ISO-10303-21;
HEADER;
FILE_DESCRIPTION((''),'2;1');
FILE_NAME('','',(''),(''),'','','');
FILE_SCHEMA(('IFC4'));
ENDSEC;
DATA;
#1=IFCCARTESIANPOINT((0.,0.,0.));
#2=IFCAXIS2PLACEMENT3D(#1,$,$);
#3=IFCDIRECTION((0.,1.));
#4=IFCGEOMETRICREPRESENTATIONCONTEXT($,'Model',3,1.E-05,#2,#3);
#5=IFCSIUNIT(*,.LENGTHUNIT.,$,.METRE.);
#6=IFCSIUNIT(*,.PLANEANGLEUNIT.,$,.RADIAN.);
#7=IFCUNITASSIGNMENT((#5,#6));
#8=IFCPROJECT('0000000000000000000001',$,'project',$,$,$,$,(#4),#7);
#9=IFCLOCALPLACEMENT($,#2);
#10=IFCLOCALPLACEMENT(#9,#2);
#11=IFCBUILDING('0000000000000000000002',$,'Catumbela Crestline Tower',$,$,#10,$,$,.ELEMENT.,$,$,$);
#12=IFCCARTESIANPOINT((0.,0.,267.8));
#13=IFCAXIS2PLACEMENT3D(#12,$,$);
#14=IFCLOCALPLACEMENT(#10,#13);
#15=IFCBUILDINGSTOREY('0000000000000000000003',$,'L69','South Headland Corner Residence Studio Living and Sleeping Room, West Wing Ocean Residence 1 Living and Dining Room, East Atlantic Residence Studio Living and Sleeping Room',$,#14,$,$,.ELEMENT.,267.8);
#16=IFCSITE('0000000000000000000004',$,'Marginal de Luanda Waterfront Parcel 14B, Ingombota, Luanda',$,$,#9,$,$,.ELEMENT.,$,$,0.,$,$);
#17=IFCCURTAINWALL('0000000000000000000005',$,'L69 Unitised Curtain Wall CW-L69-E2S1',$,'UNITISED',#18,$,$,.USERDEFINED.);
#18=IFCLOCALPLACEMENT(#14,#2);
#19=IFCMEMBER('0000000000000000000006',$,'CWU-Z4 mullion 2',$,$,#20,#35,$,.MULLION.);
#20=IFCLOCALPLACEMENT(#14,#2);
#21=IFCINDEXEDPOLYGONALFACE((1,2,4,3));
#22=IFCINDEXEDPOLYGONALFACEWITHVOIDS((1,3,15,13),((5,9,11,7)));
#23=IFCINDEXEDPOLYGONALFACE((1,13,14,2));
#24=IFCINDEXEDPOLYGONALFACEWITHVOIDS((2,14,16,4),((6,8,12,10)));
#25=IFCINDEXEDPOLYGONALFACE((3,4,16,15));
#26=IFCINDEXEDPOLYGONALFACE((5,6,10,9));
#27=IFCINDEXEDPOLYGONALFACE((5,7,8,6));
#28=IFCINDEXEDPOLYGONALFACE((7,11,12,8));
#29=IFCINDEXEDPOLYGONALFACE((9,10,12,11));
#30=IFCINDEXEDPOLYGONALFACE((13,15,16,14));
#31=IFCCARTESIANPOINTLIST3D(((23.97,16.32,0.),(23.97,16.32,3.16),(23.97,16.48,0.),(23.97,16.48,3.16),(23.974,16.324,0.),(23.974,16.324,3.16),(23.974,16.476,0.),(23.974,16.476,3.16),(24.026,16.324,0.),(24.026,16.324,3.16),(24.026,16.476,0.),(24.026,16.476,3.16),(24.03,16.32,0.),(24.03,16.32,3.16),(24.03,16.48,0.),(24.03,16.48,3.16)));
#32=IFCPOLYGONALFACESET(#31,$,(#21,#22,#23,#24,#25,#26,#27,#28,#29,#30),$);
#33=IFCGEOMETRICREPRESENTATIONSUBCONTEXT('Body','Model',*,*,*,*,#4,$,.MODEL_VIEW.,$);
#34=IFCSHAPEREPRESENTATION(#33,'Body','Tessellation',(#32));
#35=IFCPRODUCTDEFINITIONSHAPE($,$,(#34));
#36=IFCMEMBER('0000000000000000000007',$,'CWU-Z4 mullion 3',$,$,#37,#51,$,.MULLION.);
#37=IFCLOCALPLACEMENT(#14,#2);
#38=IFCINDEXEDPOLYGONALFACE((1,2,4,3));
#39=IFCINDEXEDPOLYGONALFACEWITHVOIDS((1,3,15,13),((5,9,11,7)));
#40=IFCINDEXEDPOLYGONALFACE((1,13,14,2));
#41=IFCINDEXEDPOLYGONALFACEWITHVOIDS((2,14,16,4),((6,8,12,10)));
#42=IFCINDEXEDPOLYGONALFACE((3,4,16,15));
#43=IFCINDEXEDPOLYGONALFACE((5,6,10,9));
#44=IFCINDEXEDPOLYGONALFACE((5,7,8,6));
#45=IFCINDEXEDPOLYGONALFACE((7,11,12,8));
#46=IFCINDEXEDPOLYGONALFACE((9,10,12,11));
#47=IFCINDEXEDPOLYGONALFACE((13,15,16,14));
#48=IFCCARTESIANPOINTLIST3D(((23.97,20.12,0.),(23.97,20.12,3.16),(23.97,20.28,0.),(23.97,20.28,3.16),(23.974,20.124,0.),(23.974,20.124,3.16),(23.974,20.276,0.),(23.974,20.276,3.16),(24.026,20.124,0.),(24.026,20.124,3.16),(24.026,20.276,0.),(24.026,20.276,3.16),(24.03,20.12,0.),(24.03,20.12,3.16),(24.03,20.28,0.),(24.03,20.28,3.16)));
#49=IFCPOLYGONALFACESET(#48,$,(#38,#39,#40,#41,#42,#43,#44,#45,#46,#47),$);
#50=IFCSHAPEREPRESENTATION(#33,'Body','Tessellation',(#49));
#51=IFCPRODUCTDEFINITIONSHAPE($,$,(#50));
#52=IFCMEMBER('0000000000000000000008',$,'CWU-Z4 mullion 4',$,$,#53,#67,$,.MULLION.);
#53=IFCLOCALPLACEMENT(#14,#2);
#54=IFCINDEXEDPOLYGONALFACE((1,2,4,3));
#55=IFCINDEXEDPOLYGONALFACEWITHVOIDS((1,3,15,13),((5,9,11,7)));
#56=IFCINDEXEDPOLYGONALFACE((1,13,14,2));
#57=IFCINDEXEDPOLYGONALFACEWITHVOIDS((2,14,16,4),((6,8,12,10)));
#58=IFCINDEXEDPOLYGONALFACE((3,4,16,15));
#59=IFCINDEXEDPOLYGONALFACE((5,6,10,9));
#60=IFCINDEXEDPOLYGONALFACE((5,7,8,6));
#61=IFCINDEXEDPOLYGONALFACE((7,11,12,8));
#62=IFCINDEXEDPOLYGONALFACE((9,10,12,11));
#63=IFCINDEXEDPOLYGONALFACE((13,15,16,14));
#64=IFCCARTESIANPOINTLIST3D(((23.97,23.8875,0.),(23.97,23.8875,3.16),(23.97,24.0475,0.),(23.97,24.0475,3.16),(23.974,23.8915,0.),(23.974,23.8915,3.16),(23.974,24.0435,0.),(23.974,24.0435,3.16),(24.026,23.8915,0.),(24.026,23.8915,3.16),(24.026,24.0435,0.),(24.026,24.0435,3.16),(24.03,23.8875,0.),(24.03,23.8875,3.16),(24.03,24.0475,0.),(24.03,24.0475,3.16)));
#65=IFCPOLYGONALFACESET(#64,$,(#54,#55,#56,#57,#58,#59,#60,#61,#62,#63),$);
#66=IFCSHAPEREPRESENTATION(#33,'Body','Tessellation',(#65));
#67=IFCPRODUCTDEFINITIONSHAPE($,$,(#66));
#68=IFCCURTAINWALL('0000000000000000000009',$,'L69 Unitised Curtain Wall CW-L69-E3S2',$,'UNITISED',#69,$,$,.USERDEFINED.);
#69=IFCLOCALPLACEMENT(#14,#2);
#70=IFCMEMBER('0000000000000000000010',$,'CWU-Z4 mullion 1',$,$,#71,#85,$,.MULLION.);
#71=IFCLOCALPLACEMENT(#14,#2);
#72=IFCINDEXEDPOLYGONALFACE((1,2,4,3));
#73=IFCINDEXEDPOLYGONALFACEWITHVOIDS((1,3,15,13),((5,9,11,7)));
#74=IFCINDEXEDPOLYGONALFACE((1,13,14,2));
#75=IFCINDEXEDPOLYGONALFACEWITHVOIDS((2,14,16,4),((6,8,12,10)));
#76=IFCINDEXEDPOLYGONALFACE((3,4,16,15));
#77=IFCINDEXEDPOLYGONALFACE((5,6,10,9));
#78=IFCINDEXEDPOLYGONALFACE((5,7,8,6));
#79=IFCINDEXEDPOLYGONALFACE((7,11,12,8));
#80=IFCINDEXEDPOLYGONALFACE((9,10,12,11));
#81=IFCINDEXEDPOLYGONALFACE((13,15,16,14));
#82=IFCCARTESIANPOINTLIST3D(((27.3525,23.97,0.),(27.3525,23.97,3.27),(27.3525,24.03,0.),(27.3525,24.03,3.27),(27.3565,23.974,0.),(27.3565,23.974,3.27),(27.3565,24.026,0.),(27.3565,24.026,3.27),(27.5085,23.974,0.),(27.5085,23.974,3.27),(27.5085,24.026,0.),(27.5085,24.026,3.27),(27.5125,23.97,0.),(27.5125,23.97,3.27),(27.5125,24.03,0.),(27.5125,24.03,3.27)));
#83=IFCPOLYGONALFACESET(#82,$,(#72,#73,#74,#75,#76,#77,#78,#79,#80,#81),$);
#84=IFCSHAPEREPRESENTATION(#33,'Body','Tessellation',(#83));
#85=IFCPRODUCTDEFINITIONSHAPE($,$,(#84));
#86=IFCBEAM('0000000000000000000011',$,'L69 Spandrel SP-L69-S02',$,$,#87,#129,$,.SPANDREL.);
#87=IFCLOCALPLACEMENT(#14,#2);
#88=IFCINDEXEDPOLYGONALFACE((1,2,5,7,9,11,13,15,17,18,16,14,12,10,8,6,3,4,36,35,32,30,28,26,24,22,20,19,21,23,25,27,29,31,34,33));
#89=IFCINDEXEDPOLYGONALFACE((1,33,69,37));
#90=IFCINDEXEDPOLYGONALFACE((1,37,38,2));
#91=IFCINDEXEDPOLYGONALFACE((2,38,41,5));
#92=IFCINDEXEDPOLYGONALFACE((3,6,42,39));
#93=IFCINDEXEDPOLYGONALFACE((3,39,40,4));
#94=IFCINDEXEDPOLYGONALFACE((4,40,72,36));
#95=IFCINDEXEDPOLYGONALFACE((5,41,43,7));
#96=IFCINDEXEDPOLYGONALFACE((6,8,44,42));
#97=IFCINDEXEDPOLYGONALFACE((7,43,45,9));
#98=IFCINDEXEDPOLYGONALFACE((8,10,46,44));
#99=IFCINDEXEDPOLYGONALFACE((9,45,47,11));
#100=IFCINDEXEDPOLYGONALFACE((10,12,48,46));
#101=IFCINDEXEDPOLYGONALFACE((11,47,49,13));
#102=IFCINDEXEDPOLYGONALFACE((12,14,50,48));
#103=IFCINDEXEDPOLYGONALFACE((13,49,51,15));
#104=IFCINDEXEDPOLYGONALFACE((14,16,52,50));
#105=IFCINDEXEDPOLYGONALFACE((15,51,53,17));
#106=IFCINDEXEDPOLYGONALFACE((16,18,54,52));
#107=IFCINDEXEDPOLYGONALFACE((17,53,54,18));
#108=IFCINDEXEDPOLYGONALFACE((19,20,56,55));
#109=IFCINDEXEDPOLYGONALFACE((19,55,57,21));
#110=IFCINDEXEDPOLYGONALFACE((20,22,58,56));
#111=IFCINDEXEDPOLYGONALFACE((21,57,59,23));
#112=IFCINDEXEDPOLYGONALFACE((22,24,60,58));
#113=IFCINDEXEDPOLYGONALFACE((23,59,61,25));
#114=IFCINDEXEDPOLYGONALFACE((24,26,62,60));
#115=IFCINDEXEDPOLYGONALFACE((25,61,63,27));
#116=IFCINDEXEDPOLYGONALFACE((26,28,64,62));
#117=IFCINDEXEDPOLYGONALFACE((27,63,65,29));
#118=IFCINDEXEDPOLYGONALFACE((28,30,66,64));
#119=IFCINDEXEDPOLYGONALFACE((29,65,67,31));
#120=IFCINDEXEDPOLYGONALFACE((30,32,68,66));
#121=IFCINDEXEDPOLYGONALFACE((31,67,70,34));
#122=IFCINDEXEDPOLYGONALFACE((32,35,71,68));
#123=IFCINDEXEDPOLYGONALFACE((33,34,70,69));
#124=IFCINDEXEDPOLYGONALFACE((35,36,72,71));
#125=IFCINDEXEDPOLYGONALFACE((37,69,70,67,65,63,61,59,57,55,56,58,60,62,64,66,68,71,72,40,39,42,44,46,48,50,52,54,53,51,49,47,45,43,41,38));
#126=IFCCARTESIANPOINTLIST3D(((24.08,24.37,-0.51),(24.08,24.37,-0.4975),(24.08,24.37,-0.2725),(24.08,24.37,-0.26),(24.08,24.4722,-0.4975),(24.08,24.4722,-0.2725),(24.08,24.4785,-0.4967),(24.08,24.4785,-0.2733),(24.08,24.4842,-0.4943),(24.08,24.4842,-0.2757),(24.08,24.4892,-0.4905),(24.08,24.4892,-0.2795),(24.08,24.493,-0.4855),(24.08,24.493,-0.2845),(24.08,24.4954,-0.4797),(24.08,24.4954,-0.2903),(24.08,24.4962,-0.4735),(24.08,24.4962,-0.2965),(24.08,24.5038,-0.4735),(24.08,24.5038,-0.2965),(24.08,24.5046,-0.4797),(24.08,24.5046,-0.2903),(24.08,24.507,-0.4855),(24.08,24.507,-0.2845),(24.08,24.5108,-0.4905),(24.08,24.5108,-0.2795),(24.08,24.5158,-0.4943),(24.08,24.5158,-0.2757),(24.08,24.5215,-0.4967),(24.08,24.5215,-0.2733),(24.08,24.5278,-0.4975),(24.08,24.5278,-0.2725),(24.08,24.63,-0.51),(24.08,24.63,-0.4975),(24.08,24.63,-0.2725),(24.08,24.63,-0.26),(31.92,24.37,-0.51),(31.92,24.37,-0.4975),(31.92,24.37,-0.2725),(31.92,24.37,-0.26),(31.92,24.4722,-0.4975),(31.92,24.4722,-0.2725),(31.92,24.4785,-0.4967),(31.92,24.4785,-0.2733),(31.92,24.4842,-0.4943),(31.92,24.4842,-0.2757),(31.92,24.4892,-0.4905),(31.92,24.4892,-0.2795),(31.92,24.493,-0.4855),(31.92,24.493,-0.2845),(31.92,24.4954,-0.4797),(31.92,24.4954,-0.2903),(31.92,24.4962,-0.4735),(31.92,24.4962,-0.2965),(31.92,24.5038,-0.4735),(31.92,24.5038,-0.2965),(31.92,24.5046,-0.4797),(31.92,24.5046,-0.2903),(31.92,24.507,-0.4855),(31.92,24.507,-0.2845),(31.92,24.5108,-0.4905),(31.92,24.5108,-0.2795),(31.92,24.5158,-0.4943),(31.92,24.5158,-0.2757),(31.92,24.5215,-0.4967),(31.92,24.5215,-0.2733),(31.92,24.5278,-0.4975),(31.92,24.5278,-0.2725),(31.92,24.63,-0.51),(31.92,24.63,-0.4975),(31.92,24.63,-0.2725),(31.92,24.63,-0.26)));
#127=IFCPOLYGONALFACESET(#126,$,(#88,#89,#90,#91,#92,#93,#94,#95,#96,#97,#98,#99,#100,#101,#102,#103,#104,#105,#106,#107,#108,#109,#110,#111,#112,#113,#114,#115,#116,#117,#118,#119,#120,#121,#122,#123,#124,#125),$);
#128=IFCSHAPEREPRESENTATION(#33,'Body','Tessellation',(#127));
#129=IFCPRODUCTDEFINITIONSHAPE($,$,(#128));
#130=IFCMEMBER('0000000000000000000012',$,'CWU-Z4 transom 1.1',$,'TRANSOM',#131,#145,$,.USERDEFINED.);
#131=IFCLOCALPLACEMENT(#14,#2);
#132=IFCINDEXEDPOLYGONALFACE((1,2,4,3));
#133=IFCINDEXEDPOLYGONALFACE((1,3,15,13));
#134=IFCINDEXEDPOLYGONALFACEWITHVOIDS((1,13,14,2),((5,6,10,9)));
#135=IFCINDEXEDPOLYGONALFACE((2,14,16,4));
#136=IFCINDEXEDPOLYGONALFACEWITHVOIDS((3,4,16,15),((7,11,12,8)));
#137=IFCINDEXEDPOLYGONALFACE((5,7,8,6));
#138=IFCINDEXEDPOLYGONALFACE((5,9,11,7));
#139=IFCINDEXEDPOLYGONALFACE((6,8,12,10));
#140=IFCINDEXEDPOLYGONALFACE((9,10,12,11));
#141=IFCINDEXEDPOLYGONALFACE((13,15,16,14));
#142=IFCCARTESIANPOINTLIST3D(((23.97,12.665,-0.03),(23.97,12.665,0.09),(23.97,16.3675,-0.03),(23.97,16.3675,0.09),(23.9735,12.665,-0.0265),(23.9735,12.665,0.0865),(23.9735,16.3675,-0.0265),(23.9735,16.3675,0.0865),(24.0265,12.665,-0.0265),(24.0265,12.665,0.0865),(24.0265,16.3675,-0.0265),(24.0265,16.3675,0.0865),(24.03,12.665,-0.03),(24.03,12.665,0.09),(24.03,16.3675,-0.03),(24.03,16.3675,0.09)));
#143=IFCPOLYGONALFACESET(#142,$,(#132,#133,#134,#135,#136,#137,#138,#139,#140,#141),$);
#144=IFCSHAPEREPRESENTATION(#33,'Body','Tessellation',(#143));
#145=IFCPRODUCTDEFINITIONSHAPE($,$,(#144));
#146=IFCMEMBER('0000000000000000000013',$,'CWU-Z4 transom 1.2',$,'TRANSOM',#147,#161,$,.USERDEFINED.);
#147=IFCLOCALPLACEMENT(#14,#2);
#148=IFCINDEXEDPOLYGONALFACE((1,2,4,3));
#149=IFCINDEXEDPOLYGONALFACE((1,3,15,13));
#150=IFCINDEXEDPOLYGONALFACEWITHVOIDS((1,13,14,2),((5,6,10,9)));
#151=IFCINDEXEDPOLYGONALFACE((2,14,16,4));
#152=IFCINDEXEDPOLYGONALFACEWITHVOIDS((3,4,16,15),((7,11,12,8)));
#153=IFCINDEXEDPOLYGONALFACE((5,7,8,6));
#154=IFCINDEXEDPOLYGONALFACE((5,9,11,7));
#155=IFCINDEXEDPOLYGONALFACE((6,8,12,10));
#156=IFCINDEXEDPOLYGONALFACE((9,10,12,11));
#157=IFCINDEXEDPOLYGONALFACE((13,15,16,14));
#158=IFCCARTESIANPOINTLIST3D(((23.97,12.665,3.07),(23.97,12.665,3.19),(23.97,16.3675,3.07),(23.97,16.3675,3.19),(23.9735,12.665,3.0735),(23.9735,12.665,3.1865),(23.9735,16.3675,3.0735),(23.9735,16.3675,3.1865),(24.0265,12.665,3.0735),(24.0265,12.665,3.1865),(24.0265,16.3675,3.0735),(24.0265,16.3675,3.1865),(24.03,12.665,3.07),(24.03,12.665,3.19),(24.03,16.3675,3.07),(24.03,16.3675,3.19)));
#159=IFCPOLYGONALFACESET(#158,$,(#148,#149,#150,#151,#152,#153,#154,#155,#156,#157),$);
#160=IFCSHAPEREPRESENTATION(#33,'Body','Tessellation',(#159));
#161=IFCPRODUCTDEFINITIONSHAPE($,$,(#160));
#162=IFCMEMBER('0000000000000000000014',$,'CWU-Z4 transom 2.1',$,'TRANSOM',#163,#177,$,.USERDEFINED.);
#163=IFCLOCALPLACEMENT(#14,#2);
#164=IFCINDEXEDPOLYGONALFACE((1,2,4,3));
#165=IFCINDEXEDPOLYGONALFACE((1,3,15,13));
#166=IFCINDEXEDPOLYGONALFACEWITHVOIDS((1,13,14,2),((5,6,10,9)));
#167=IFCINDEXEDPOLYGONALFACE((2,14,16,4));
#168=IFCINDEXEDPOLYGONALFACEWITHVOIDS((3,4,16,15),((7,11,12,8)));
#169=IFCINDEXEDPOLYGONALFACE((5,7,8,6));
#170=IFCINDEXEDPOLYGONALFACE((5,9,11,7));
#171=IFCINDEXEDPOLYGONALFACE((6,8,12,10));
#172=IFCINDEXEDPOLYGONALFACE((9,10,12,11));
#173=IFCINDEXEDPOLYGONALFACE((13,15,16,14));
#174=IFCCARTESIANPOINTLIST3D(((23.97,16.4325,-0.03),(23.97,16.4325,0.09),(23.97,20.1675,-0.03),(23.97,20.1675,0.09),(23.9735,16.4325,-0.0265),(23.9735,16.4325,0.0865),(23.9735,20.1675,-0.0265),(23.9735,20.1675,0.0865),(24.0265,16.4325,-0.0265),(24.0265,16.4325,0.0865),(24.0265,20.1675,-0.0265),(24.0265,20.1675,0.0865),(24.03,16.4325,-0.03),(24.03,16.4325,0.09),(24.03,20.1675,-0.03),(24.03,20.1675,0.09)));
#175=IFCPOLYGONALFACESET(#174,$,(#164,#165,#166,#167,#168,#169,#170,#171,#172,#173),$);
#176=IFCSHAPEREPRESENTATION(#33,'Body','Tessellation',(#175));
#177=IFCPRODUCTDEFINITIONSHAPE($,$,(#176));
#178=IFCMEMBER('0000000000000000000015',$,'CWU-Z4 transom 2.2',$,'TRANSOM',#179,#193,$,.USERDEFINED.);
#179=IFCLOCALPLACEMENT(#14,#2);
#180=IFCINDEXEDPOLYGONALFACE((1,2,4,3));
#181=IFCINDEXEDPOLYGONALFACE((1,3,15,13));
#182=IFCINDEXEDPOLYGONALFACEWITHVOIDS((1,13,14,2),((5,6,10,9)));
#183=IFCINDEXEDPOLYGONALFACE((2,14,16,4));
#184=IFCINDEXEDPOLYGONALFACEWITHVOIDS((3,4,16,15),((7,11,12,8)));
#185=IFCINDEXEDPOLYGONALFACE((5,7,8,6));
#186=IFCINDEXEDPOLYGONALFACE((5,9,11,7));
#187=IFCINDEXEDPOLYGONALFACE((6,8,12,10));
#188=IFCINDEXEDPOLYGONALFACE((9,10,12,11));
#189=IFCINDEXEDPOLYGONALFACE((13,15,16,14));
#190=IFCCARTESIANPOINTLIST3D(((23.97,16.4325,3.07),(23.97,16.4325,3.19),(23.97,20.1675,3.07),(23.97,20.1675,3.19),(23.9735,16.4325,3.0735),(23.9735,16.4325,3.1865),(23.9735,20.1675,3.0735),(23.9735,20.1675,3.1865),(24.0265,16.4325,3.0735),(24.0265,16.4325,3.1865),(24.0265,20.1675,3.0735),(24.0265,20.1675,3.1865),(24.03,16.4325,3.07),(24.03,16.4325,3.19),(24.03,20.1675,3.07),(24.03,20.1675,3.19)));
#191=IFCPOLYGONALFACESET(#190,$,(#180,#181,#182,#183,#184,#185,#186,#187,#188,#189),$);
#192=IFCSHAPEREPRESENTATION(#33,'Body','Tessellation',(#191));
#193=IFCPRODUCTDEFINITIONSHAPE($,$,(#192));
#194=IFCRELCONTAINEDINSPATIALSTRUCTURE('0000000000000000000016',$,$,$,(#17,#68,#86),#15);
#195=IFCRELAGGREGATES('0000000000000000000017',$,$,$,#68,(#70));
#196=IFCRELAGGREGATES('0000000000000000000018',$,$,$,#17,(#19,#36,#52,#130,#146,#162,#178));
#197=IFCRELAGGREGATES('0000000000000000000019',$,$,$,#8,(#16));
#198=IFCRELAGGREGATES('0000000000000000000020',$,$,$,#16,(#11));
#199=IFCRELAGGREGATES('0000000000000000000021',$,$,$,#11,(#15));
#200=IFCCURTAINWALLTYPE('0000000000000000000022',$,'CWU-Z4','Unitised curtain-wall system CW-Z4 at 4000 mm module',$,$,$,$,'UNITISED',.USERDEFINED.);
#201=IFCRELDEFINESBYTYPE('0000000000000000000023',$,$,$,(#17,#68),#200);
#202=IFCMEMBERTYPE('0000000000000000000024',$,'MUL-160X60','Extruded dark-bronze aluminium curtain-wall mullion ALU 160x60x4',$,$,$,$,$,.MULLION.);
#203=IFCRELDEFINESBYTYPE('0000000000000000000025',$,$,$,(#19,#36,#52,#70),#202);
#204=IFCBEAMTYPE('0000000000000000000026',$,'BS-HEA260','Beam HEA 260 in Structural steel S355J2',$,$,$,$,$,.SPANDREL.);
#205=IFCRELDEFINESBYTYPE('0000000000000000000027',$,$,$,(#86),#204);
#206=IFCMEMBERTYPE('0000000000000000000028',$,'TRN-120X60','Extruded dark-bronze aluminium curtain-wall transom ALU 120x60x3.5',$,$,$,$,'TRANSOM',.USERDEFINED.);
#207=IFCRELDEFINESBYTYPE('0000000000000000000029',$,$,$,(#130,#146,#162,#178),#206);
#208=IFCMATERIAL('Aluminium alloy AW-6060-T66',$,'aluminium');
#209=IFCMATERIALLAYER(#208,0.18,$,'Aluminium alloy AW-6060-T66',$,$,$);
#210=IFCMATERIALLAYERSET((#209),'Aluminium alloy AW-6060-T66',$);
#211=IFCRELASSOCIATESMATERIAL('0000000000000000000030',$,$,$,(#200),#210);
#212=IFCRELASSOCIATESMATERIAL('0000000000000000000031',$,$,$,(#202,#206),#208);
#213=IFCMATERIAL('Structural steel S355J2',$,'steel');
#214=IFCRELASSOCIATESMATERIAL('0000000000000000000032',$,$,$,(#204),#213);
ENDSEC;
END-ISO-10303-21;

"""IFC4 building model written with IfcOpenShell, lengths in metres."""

from ifc_helpers import new_model, si_unit, direction, frame, origin, origin_2d, place, context, subcontext, project, spatial, hollow_rectangle, i_section, extrude, material, layer, layer_set, material_profile, profile_set, type_object, element, aggregate, save


model = new_model("IFC4")

# Units and contexts
model_context = context("Model", 3, precision=1e-05, world=origin(), true_north=direction((0.0, 1.0)))
body_context = subcontext(model_context, "Body", "Model", "MODEL_VIEW")
ifc_project = project(units=[si_unit("LENGTHUNIT", "METRE"), si_unit("PLANEANGLEUNIT", "RADIAN")], contexts=[model_context])

# Site, building, storey
site_placement = place(None, origin())
site = spatial("IfcSite", under=ifc_project, at=site_placement, Name="Marginal de Luanda Waterfront Parcel 14B, Ingombota, Luanda", CompositionType="ELEMENT", RefElevation=0.0)
building_placement = place(site_placement, origin())
building = spatial("IfcBuilding", under=site, at=building_placement, Name="Catumbela Crestline Tower", CompositionType="ELEMENT")
storey_placement = place(building_placement, frame((0.0, 0.0, 267.8)))
storey = spatial("IfcBuildingStorey", under=building, at=storey_placement, Name="L69", Description="South Headland Corner Residence Studio Living and Sleeping Room, West Wing Ocean Residence 1 Living and Dining Room, East Atlantic Residence Studio Living and Sleeping Room", CompositionType="ELEMENT", Elevation=267.8)

# Shared definitions
ifc_material_1 = material(Name="Structural steel S355J2", Category="steel")

# Curtain wall, members
ifc_material_2 = material(Name="Aluminium alloy AW-6060-T66", Category="aluminium")
ifc_layer_1 = layer(ifc_material_2, 0.18, Name="Aluminium alloy AW-6060-T66")
ifc_layer_set_1 = layer_set([ifc_layer_1], Name="Aluminium alloy AW-6060-T66")
curtain_wall_type = type_object("IfcCurtainWallType", Name="CWU-Z4", Description="Unitised curtain-wall system CW-Z4 at 4000 mm module", ElementType="UNITISED", PredefinedType="USERDEFINED", material=ifc_layer_set_1)
curtain_wall_1_placement = place(storey_placement, origin())
curtain_wall_1 = element("IfcCurtainWall", 1, at=curtain_wall_1_placement, inside=storey, type_object=curtain_wall_type, Name="L69 Unitised Curtain Wall CW-L69-E2S1", ObjectType="UNITISED", PredefinedType="USERDEFINED")
ifc_material_profile_1 = material_profile(ifc_material_2, hollow_rectangle(XDim=0.06, YDim=0.16, WallThickness=0.004, at=origin_2d()), Name="ALU 160x60x4")
ifc_profile_set_1 = profile_set([ifc_material_profile_1], Name="Aluminium alloy AW-6060-T66")
member_type_1 = type_object("IfcMemberType", Name="MUL-160X60", Description="Extruded dark-bronze aluminium curtain-wall mullion ALU 160x60x4", PredefinedType="MULLION", material=ifc_profile_set_1)
member_1_placement = place(storey_placement, frame((24.0, 16.4, 0.0), z_axis=(0.0, 0.0, 1.0), x_axis=(-1.0, 0.0, 0.0)))
member_1 = element("IfcMember", 2, at=member_1_placement, type_object=member_type_1, Name="CWU-Z4 mullion 2", PredefinedType="MULLION", context=body_context, shape_type="SweptSolid", body=[
    extrude(hollow_rectangle(XDim=0.06, YDim=0.16, WallThickness=0.004, at=origin_2d()), origin(), (0.0, 0.0, 1.0), 3.16),
])
member_2_placement = place(storey_placement, frame((24.0, 20.2, 0.0), z_axis=(0.0, 0.0, 1.0), x_axis=(-1.0, 0.0, 0.0)))
member_2 = element("IfcMember", 3, at=member_2_placement, type_object=member_type_1, Name="CWU-Z4 mullion 3", PredefinedType="MULLION", context=body_context, shape_type="SweptSolid", body=[
    extrude(hollow_rectangle(XDim=0.06, YDim=0.16, WallThickness=0.004, at=origin_2d()), origin(), (0.0, 0.0, 1.0), 3.16),
])
member_3_placement = place(storey_placement, frame((24.0, 23.9675, 0.0), z_axis=(0.0, 0.0, 1.0), x_axis=(-1.0, 0.0, 0.0)))
member_3 = element("IfcMember", 4, at=member_3_placement, type_object=member_type_1, Name="CWU-Z4 mullion 4", PredefinedType="MULLION", context=body_context, shape_type="SweptSolid", body=[
    extrude(hollow_rectangle(XDim=0.06, YDim=0.16, WallThickness=0.004, at=origin_2d()), origin(), (0.0, 0.0, 1.0), 3.16),
])

# Curtain wall, member
curtain_wall_2_placement = place(storey_placement, origin())
curtain_wall_2 = element("IfcCurtainWall", 5, at=curtain_wall_2_placement, inside=storey, type_object=curtain_wall_type, Name="L69 Unitised Curtain Wall CW-L69-E3S2", ObjectType="UNITISED", PredefinedType="USERDEFINED")
member_4_placement = place(storey_placement, frame((27.4325, 24.0, 0.0), z_axis=(0.0, 0.0, 1.0), x_axis=(0.0, 1.0, 0.0)))
member_4 = element("IfcMember", 6, at=member_4_placement, type_object=member_type_1, Name="CWU-Z4 mullion 1", PredefinedType="MULLION", context=body_context, shape_type="SweptSolid", body=[
    extrude(hollow_rectangle(XDim=0.06, YDim=0.16, WallThickness=0.004, at=origin_2d()), origin(), (0.0, 0.0, 1.0), 3.27),
])

# Beam
ifc_material_profile_2 = material_profile(ifc_material_1, i_section(OverallWidth=0.26, OverallDepth=0.25, WebThickness=0.0075, FlangeThickness=0.0125, FilletRadius=0.024, at=origin_2d()), Name="HEA 260")
ifc_profile_set_2 = profile_set([ifc_material_profile_2], Name="Structural steel S355J2")
beam_type_1 = type_object("IfcBeamType", Name="BS-HEA260", Description="Beam HEA 260 in Structural steel S355J2", PredefinedType="SPANDREL", material=ifc_profile_set_2)
beam_1_placement = place(storey_placement, frame((24.08, 24.5, -0.385), z_axis=(1.0, 0.0, 0.0), x_axis=(0.0, 1.0, 0.0)))
element("IfcBeam", 7, at=beam_1_placement, inside=storey, type_object=beam_type_1, Name="L69 Spandrel SP-L69-S02", PredefinedType="SPANDREL", context=body_context, shape_type="SweptSolid", body=[
    extrude(i_section(OverallWidth=0.26, OverallDepth=0.25, WebThickness=0.0075, FlangeThickness=0.0125, FilletRadius=0.024, at=origin_2d()), origin(), (0.0, 0.0, 1.0), 7.84),
])

# Members
ifc_material_profile_3 = material_profile(ifc_material_2, hollow_rectangle(XDim=0.06, YDim=0.12, WallThickness=0.0035, at=origin_2d()), Name="ALU 120x60x3.5")
ifc_profile_set_3 = profile_set([ifc_material_profile_3], Name="Aluminium alloy AW-6060-T66")
member_type_2 = type_object("IfcMemberType", Name="TRN-120X60", Description="Extruded dark-bronze aluminium curtain-wall transom ALU 120x60x3.5", ElementType="TRANSOM", PredefinedType="USERDEFINED", material=ifc_profile_set_3)
member_5_placement = place(storey_placement, frame((24.0, 12.665, 0.03), z_axis=(0.0, 1.0, 0.0), x_axis=(-1.0, 0.0, 0.0)))
member_5 = element("IfcMember", 8, at=member_5_placement, type_object=member_type_2, Name="CWU-Z4 transom 1.1", ObjectType="TRANSOM", PredefinedType="USERDEFINED", context=body_context, shape_type="SweptSolid", body=[
    extrude(hollow_rectangle(XDim=0.06, YDim=0.12, WallThickness=0.0035, at=origin_2d()), origin(), (0.0, 0.0, 1.0), 3.7025),
])
member_6_placement = place(storey_placement, frame((24.0, 12.665, 3.13), z_axis=(0.0, 1.0, 0.0), x_axis=(-1.0, 0.0, 0.0)))
member_6 = element("IfcMember", 9, at=member_6_placement, type_object=member_type_2, Name="CWU-Z4 transom 1.2", ObjectType="TRANSOM", PredefinedType="USERDEFINED", context=body_context, shape_type="SweptSolid", body=[
    extrude(hollow_rectangle(XDim=0.06, YDim=0.12, WallThickness=0.0035, at=origin_2d()), origin(), (0.0, 0.0, 1.0), 3.7025),
])
member_7_placement = place(storey_placement, frame((24.0, 16.4325, 0.03), z_axis=(0.0, 1.0, 0.0), x_axis=(-1.0, 0.0, 0.0)))
member_7 = element("IfcMember", 10, at=member_7_placement, type_object=member_type_2, Name="CWU-Z4 transom 2.1", ObjectType="TRANSOM", PredefinedType="USERDEFINED", context=body_context, shape_type="SweptSolid", body=[
    extrude(hollow_rectangle(XDim=0.06, YDim=0.12, WallThickness=0.0035, at=origin_2d()), origin(), (0.0, 0.0, 1.0), 3.735),
])
member_8_placement = place(storey_placement, frame((24.0, 16.4325, 3.13), z_axis=(0.0, 1.0, 0.0), x_axis=(-1.0, 0.0, 0.0)))
member_8 = element("IfcMember", 11, at=member_8_placement, type_object=member_type_2, Name="CWU-Z4 transom 2.2", ObjectType="TRANSOM", PredefinedType="USERDEFINED", context=body_context, shape_type="SweptSolid", body=[
    extrude(hollow_rectangle(XDim=0.06, YDim=0.12, WallThickness=0.0035, at=origin_2d()), origin(), (0.0, 0.0, 1.0), 3.735),
])
aggregate(curtain_wall_2, [member_4])

aggregate(curtain_wall_1, [member_1, member_2, member_3, member_5, member_6, member_7, member_8])

save(model, "model.ifc")
